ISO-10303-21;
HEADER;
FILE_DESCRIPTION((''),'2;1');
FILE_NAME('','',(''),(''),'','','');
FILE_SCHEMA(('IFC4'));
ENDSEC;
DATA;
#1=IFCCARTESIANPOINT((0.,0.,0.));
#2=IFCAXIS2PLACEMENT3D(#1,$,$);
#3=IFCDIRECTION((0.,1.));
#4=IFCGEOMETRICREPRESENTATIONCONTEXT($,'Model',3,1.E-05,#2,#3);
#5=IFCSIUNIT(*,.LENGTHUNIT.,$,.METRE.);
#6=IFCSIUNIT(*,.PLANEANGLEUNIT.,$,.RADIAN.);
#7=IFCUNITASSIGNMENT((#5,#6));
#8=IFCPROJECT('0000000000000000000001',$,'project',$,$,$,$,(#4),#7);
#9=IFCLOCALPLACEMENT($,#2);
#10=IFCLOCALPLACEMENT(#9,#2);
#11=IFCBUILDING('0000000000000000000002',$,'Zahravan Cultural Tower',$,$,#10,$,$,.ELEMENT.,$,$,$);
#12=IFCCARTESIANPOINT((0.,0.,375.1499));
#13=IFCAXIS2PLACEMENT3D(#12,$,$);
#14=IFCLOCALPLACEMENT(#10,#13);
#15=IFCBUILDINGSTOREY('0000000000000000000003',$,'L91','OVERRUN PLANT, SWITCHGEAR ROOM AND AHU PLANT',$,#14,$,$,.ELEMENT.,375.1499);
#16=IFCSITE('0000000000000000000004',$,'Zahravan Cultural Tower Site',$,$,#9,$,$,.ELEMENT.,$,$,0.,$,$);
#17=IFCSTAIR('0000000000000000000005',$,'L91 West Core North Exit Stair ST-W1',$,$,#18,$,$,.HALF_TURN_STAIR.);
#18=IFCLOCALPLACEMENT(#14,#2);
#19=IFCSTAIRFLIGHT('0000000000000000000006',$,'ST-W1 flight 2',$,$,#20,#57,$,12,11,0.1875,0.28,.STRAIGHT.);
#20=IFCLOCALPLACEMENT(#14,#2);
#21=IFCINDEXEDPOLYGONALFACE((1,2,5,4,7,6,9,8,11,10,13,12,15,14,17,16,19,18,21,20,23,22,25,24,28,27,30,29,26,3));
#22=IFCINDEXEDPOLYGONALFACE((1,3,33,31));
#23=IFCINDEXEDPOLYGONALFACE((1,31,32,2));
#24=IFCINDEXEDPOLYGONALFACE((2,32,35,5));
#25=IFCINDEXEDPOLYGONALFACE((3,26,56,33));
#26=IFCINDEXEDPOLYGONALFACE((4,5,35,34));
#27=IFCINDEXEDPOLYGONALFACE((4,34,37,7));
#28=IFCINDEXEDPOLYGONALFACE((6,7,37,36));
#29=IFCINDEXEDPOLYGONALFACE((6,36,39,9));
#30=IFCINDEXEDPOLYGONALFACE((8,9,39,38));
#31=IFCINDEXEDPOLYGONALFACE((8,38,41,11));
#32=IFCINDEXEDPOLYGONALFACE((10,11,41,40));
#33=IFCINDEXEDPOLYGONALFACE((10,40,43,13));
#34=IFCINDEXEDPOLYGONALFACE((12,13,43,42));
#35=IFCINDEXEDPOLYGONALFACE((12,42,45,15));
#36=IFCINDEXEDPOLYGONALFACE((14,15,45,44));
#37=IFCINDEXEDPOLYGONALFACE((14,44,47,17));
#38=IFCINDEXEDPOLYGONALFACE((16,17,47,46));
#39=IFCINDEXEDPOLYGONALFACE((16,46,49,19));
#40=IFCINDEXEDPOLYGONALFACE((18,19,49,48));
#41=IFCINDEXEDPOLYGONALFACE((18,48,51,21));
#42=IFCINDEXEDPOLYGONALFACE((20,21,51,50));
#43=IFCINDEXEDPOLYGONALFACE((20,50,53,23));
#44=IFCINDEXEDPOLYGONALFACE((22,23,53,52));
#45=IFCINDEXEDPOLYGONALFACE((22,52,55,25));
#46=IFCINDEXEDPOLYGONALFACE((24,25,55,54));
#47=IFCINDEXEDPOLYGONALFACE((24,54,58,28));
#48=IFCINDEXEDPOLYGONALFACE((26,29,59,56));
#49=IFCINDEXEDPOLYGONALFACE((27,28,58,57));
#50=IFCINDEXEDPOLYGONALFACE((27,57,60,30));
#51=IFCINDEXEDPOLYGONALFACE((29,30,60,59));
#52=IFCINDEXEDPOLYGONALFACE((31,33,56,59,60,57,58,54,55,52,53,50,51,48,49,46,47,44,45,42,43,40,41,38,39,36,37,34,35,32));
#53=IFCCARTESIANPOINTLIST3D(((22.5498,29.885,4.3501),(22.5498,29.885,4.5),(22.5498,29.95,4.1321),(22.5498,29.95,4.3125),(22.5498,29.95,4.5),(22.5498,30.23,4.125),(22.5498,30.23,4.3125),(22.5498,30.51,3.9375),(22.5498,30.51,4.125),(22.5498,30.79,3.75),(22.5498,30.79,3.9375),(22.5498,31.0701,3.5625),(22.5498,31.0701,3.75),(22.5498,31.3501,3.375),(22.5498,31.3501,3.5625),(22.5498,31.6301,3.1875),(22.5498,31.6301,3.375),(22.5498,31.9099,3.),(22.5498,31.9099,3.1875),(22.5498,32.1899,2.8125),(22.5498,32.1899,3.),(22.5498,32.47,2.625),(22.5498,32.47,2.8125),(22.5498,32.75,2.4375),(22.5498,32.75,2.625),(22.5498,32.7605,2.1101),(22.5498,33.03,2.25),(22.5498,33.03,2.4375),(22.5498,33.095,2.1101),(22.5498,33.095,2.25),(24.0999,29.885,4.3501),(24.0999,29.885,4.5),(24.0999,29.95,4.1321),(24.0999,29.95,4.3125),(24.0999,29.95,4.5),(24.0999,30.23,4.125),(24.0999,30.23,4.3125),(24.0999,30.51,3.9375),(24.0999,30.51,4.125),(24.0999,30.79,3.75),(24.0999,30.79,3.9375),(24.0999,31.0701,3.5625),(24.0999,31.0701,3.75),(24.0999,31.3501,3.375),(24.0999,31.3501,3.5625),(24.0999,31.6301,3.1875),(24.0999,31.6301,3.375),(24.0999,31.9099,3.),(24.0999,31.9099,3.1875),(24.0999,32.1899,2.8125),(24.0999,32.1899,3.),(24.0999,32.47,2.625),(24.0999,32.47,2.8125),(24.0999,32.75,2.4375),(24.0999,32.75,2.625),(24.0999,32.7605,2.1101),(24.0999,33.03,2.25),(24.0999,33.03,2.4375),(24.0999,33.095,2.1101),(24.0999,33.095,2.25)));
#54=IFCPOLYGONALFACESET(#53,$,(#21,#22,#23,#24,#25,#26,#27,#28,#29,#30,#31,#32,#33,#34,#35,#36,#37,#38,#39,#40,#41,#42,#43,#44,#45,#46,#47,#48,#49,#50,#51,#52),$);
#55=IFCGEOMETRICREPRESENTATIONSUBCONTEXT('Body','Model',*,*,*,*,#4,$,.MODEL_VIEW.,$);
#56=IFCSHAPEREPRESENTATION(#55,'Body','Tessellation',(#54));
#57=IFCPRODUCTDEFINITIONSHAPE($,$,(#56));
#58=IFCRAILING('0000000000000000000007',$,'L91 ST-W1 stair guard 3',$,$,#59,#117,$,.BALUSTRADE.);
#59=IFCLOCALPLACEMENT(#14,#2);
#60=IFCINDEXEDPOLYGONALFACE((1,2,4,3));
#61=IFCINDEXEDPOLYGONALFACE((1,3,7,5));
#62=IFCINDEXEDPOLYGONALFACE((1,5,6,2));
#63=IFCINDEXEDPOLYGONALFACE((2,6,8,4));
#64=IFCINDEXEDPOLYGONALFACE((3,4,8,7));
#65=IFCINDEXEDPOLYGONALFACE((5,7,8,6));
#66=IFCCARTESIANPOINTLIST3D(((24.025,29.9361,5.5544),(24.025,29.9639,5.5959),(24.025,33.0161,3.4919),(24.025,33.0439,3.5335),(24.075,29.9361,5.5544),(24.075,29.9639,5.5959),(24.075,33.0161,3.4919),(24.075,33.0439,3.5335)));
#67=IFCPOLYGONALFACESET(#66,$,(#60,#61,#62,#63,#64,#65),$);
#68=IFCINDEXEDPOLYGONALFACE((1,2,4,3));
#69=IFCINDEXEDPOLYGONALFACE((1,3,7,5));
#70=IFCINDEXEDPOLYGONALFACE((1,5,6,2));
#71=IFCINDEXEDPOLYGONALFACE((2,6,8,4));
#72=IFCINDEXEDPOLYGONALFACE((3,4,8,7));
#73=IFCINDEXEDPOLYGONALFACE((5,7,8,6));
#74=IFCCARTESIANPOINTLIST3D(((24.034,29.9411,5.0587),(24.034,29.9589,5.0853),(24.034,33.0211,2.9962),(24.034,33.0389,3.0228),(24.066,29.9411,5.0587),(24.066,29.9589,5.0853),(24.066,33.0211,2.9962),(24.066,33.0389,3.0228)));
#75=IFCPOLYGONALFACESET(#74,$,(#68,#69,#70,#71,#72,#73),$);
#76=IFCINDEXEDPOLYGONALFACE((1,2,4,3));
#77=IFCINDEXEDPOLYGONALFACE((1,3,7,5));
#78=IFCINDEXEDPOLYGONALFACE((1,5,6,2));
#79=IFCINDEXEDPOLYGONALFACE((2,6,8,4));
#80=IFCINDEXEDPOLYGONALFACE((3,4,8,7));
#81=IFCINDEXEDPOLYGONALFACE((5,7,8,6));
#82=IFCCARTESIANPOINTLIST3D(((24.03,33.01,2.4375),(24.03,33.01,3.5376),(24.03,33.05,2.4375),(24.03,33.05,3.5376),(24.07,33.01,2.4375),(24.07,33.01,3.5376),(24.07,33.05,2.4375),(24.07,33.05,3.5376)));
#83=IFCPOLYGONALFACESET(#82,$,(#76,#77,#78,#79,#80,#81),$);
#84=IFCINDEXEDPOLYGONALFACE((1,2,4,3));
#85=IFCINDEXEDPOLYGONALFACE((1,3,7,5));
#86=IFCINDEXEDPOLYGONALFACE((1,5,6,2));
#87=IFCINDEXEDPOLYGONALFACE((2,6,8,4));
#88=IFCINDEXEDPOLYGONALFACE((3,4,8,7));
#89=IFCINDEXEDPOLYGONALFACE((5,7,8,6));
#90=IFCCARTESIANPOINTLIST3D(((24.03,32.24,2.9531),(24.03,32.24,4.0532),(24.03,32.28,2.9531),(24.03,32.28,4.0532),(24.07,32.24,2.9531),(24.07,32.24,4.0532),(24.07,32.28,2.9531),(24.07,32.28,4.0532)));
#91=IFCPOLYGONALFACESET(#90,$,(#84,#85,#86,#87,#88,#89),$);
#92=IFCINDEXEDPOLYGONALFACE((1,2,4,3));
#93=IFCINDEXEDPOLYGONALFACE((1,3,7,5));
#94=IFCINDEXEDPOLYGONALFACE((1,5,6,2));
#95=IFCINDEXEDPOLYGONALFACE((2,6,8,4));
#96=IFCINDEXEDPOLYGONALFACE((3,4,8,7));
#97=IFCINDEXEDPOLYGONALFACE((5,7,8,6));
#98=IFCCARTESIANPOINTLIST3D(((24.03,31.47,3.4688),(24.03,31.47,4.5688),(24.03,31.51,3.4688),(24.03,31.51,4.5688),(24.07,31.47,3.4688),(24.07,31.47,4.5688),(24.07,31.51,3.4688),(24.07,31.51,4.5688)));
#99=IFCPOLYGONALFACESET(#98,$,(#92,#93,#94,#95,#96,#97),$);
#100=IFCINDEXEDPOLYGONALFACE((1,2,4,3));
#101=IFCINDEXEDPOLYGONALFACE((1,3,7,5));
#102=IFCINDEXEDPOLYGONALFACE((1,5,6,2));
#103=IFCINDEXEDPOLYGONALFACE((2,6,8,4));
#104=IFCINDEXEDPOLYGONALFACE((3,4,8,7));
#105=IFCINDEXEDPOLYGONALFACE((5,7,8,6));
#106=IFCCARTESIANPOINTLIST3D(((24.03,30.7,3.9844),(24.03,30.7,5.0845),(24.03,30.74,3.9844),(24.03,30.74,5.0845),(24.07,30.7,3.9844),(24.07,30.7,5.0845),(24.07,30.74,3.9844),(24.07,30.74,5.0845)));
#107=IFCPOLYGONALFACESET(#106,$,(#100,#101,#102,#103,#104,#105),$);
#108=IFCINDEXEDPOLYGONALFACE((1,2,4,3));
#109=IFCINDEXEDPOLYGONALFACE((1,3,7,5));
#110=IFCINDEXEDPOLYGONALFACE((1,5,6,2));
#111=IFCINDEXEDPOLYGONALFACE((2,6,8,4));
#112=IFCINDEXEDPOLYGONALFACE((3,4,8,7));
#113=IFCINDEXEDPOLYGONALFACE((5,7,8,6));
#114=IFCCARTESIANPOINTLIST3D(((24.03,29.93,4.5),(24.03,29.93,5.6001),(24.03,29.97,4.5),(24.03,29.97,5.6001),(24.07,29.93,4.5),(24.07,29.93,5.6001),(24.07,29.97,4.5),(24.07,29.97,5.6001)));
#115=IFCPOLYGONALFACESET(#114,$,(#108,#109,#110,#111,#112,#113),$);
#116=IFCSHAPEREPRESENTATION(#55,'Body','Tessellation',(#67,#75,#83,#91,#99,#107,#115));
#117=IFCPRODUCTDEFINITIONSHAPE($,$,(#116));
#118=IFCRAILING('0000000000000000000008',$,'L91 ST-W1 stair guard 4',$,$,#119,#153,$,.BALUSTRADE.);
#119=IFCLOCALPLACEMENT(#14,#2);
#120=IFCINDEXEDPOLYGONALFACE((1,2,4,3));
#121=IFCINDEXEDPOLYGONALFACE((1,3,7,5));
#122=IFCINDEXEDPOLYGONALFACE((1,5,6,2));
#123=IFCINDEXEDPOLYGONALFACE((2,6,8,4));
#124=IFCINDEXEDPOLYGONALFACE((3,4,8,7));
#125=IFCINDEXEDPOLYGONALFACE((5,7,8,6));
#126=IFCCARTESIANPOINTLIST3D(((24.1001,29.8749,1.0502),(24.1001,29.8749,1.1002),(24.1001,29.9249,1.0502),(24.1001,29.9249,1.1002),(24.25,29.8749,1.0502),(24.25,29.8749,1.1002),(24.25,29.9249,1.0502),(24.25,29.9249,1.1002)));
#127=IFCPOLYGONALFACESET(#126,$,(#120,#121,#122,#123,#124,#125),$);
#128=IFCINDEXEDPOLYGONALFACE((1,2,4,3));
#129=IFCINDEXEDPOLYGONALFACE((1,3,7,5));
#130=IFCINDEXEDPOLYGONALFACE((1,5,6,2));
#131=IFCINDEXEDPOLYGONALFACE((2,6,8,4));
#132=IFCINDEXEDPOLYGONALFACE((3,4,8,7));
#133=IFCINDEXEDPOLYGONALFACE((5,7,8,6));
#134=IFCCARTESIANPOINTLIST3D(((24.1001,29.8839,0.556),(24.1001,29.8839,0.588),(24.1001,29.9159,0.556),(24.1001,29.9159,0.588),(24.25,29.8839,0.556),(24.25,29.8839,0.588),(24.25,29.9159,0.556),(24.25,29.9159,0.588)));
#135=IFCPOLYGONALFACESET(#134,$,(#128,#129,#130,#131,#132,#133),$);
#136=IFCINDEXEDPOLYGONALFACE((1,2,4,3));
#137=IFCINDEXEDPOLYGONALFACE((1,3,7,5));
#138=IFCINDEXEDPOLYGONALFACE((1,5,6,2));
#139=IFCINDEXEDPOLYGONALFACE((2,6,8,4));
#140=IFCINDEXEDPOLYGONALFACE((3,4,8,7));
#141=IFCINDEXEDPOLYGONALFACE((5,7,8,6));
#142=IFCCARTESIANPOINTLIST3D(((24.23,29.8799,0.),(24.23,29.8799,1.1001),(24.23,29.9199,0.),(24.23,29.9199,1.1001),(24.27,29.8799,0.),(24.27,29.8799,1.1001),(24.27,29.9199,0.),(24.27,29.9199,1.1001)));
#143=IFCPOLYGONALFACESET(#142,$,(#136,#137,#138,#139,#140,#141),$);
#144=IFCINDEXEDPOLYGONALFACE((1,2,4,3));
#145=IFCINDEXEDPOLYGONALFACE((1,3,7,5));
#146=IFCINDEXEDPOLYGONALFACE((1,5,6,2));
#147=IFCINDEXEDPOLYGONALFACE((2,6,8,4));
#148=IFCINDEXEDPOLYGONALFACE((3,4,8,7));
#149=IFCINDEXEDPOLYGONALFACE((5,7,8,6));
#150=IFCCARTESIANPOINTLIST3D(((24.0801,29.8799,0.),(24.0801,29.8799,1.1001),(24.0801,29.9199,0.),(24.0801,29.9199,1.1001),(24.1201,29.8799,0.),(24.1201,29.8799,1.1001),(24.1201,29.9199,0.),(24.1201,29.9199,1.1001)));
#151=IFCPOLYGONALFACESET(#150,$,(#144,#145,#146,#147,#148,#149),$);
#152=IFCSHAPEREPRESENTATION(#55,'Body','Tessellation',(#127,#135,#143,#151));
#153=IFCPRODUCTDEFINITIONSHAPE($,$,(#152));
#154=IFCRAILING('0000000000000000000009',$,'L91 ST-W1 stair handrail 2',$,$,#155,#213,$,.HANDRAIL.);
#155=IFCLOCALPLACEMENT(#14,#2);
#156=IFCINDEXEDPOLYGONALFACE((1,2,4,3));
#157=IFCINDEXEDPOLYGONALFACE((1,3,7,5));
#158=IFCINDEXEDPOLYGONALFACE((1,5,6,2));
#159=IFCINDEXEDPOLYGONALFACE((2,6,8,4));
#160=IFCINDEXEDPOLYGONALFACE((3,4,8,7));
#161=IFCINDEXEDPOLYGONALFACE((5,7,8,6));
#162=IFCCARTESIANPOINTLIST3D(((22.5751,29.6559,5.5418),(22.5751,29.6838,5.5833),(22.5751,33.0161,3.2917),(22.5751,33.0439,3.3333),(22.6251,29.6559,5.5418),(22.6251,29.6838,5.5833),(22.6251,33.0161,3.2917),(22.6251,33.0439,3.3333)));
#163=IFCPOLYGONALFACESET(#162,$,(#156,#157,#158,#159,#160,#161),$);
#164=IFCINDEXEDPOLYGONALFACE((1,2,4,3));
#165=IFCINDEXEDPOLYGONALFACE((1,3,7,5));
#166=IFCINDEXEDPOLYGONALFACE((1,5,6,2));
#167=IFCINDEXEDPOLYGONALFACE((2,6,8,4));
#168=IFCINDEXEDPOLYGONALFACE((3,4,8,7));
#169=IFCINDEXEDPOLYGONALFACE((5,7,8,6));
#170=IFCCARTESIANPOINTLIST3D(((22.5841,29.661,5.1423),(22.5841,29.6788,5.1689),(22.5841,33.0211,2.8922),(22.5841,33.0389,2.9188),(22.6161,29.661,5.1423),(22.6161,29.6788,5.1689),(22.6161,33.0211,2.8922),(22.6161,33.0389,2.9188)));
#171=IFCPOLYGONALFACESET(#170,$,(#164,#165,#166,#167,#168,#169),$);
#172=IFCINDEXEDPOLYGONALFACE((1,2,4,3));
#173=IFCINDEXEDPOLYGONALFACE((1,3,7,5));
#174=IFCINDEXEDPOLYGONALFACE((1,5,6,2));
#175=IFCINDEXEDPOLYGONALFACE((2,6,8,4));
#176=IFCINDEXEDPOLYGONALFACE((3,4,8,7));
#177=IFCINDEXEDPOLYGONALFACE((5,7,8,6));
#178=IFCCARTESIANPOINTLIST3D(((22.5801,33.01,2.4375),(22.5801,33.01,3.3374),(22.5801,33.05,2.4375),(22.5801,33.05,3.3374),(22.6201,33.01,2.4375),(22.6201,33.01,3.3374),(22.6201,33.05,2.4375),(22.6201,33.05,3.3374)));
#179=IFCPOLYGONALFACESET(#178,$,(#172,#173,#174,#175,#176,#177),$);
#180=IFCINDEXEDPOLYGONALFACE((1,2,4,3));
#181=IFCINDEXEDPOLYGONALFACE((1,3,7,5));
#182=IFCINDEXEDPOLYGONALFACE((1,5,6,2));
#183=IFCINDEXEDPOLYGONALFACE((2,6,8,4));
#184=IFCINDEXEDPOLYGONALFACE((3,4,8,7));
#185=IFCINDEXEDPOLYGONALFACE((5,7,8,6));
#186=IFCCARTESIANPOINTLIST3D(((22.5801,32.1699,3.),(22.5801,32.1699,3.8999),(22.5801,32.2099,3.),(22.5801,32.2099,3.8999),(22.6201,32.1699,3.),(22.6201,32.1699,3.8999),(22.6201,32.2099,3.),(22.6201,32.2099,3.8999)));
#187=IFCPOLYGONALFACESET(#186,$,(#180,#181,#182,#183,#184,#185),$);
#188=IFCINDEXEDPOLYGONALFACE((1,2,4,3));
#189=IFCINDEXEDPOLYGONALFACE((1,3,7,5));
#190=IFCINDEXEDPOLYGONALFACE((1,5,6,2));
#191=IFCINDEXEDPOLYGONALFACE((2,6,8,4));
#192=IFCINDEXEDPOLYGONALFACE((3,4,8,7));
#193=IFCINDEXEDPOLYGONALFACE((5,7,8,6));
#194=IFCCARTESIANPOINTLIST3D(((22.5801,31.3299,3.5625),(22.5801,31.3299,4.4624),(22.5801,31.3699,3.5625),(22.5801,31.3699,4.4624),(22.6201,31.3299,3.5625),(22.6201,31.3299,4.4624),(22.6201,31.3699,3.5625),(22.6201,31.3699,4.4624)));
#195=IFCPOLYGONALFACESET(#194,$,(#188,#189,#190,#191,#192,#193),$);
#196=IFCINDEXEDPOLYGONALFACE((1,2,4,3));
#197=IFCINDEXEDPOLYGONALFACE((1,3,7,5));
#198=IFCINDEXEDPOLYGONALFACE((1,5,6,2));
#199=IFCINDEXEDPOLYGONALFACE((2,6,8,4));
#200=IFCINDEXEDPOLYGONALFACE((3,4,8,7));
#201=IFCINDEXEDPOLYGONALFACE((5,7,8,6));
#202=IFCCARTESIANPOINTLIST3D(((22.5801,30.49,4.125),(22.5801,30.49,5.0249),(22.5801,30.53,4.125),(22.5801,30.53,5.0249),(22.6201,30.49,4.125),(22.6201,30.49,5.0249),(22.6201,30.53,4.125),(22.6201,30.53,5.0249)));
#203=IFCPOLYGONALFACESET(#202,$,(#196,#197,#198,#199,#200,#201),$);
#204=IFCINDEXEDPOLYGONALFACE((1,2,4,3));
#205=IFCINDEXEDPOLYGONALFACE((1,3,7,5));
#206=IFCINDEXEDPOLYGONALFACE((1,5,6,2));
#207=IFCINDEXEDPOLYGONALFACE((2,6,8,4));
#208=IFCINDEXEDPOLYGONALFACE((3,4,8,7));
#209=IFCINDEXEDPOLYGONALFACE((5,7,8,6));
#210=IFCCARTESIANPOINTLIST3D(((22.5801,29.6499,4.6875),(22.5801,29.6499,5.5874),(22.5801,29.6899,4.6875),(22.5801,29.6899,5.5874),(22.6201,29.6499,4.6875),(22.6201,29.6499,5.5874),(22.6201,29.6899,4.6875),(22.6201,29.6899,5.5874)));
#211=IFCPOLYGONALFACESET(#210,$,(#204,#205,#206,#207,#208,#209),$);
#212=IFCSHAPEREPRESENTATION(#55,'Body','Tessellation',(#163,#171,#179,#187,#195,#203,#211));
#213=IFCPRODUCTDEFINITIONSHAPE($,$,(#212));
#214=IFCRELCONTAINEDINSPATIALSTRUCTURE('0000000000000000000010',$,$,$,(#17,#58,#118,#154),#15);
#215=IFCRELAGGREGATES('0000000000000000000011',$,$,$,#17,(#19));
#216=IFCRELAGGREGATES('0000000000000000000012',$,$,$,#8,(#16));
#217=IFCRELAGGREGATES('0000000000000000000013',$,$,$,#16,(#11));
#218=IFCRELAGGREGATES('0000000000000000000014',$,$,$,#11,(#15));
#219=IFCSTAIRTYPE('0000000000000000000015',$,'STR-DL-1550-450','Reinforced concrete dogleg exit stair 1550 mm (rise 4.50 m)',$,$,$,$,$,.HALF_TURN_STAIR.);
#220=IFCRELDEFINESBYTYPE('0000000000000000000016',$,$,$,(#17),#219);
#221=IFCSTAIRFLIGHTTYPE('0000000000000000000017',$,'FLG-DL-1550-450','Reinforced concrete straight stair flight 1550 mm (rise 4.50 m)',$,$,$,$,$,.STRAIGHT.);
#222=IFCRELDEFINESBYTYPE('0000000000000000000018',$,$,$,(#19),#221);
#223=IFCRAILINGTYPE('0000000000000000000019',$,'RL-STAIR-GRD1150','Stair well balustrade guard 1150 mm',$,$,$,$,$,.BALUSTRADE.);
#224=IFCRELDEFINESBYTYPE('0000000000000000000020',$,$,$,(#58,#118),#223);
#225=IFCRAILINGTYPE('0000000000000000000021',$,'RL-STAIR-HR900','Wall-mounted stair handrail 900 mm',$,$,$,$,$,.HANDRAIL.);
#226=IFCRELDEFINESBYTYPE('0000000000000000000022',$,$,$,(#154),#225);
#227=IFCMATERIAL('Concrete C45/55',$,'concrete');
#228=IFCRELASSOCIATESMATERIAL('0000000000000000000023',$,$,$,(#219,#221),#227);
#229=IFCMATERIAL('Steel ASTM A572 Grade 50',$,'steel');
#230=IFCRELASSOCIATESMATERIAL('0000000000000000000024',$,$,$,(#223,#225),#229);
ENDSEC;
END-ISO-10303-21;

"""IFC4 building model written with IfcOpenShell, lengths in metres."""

from ifc_helpers import new_model, si_unit, direction, frame, origin, origin_2d, place, context, subcontext, project, spatial, polyline, rectangle, outline, extrude, material, type_object, element, aggregate, save


model = new_model("IFC4")

# Units and contexts
model_context = context("Model", 3, precision=1e-05, world=origin(), true_north=direction((0.0, 1.0)))
body_context = subcontext(model_context, "Body", "Model", "MODEL_VIEW")
ifc_project = project(units=[si_unit("LENGTHUNIT", "METRE"), si_unit("PLANEANGLEUNIT", "RADIAN")], contexts=[model_context])

# Site, building, storey
site_placement = place(None, origin())
site = spatial("IfcSite", under=ifc_project, at=site_placement, Name="Zahravan Cultural Tower Site", CompositionType="ELEMENT", RefElevation=0.0)
building_placement = place(site_placement, origin())
building = spatial("IfcBuilding", under=site, at=building_placement, Name="Zahravan Cultural Tower", CompositionType="ELEMENT")
storey_placement = place(building_placement, frame((0.0, 0.0, 375.1499)))
storey = spatial("IfcBuildingStorey", under=building, at=storey_placement, Name="L91", Description="OVERRUN PLANT, SWITCHGEAR ROOM AND AHU PLANT", CompositionType="ELEMENT", Elevation=375.1499)

# Shared definitions
ifc_material_1 = material(Name="Concrete C45/55", Category="concrete")

# Stair, stair flight
stair_type = type_object("IfcStairType", Name="STR-DL-1550-450", Description="Reinforced concrete dogleg exit stair 1550 mm (rise 4.50 m)", PredefinedType="HALF_TURN_STAIR", material=ifc_material_1)
stair_placement = place(storey_placement, origin())
stair = element("IfcStair", 1, at=stair_placement, inside=storey, type_object=stair_type, Name="L91 West Core North Exit Stair ST-W1", PredefinedType="HALF_TURN_STAIR")
stair_flight_type = type_object("IfcStairFlightType", Name="FLG-DL-1550-450", Description="Reinforced concrete straight stair flight 1550 mm (rise 4.50 m)", PredefinedType="STRAIGHT", material=ifc_material_1)
stair_flight_placement = place(storey_placement, frame((23.325, 33.03, 2.25), z_axis=(0.0, 0.0, 1.0), x_axis=(0.0, -1.0, 0.0)))
stair_flight = element("IfcStairFlight", 2, at=stair_flight_placement, type_object=stair_flight_type, Name="ST-W1 flight 2", NumberOfRisers=12, NumberOfTreads=11, PredefinedType="STRAIGHT", RiserHeight=0.1875, TreadLength=0.28, context=body_context, shape_type="SweptSolid", body=[
    extrude(outline(polyline([(-0.0649, -0.1399), (-0.0649, 0.0), (0.0, 0.0), (0.0, 0.1875), (0.28, 0.1875), (0.28, 0.375), (0.5601, 0.375), (0.5601, 0.5625), (0.8401, 0.5625), (0.8401, 0.75), (1.1201, 0.75), (1.1201, 0.9375), (1.3999, 0.9375), (1.3999, 1.125), (1.6799, 1.125), (1.6799, 1.3125), (1.96, 1.3125), (1.96, 1.5), (2.24, 1.5), (2.24, 1.6875), (2.52, 1.6875), (2.52, 1.875), (2.8, 1.875), (2.8, 2.0625), (3.0801, 2.0625), (3.0801, 2.25), (3.145, 2.25), (3.145, 2.1001), (3.0801, 1.8821), (0.2695, -0.1399), (-0.0649, -0.1399)])), frame((0.0, 0.7749, 0.0), z_axis=(0.0, -1.0, 0.0), x_axis=(1.0, 0.0, 0.0)), (0.0, 0.0, 1.0), 1.55),
])
aggregate(stair, [stair_flight])

# Railings
ifc_material_2 = material(Name="Steel ASTM A572 Grade 50", Category="steel")
railing_type_1 = type_object("IfcRailingType", Name="RL-STAIR-GRD1150", Description="Stair well balustrade guard 1150 mm", PredefinedType="BALUSTRADE", material=ifc_material_2)
railing_1_placement = place(storey_placement, frame((24.05, 33.03, 2.4375)))
element("IfcRailing", 3, at=railing_1_placement, inside=storey, type_object=railing_type_1, Name="L91 ST-W1 stair guard 3", PredefinedType="BALUSTRADE", context=body_context, shape_type="SweptSolid", body=[
    extrude(rectangle(XDim=0.05, YDim=0.05, at=origin_2d()), frame((0.0, 0.0, 1.0752), z_axis=(0.0, -0.830914, 0.556401), x_axis=(1.0, 0.0, 0.0)), (0.0, 0.0, 1.0), 3.7068),
    extrude(rectangle(XDim=0.032, YDim=0.032, at=origin_2d()), frame((0.0, 0.0, 0.572), z_axis=(0.0, -0.830914, 0.556401), x_axis=(1.0, 0.0, 0.0)), (0.0, 0.0, 1.0), 3.7068),
    extrude(rectangle(XDim=0.04, YDim=0.04, at=origin_2d()), origin(), (0.0, 0.0, 1.0), 1.1001),
    extrude(rectangle(XDim=0.04, YDim=0.04, at=origin_2d()), frame((0.0, -0.77, 0.5156)), (0.0, 0.0, 1.0), 1.1001),
    extrude(rectangle(XDim=0.04, YDim=0.04, at=origin_2d()), frame((0.0, -1.54, 1.0312)), (0.0, 0.0, 1.0), 1.1001),
    extrude(rectangle(XDim=0.04, YDim=0.04, at=origin_2d()), frame((0.0, -2.3101, 1.5469)), (0.0, 0.0, 1.0), 1.1001),
    extrude(rectangle(XDim=0.04, YDim=0.04, at=origin_2d()), frame((0.0, -3.0801, 2.0625)), (0.0, 0.0, 1.0), 1.1001),
])
railing_2_placement = place(storey_placement, frame((24.25, 29.8999, 0.0)))
element("IfcRailing", 4, at=railing_2_placement, inside=storey, type_object=railing_type_1, Name="L91 ST-W1 stair guard 4", PredefinedType="BALUSTRADE", context=body_context, shape_type="SweptSolid", body=[
    extrude(rectangle(XDim=0.05, YDim=0.05, at=origin_2d()), frame((0.0, 0.0, 1.0752), z_axis=(-1.0, 0.0, 0.0), x_axis=(0.0, -1.0, 0.0)), (0.0, 0.0, 1.0), 0.1499),
    extrude(rectangle(XDim=0.032, YDim=0.032, at=origin_2d()), frame((0.0, 0.0, 0.572), z_axis=(-1.0, 0.0, 0.0), x_axis=(0.0, -1.0, 0.0)), (0.0, 0.0, 1.0), 0.1499),
    extrude(rectangle(XDim=0.04, YDim=0.04, at=origin_2d()), origin(), (0.0, 0.0, 1.0), 1.1001),
    extrude(rectangle(XDim=0.04, YDim=0.04, at=origin_2d()), frame((-0.1499, 0.0, 0.0)), (0.0, 0.0, 1.0), 1.1001),
])
railing_type_2 = type_object("IfcRailingType", Name="RL-STAIR-HR900", Description="Wall-mounted stair handrail 900 mm", PredefinedType="HANDRAIL", material=ifc_material_2)
railing_3_placement = place(storey_placement, frame((22.6001, 33.03, 2.4375)))
element("IfcRailing", 5, at=railing_3_placement, inside=storey, type_object=railing_type_2, Name="L91 ST-W1 stair handrail 2", PredefinedType="HANDRAIL", context=body_context, shape_type="SweptSolid", body=[
    extrude(rectangle(XDim=0.05, YDim=0.05, at=origin_2d()), frame((0.0, 0.0, 0.875), z_axis=(0.0, -0.830915, 0.556399), x_axis=(1.0, 0.0, 0.0)), (0.0, 0.0, 1.0), 4.0439),
    extrude(rectangle(XDim=0.032, YDim=0.032, at=origin_2d()), frame((0.0, 0.0, 0.468), z_axis=(0.0, -0.830915, 0.556399), x_axis=(1.0, 0.0, 0.0)), (0.0, 0.0, 1.0), 4.0439),
    extrude(rectangle(XDim=0.04, YDim=0.04, at=origin_2d()), origin(), (0.0, 0.0, 1.0), 0.8999),
    extrude(rectangle(XDim=0.04, YDim=0.04, at=origin_2d()), frame((0.0, -0.8401, 0.5625)), (0.0, 0.0, 1.0), 0.8999),
    extrude(rectangle(XDim=0.04, YDim=0.04, at=origin_2d()), frame((0.0, -1.6802, 1.125)), (0.0, 0.0, 1.0), 0.8999),
    extrude(rectangle(XDim=0.04, YDim=0.04, at=origin_2d()), frame((0.0, -2.52, 1.6875)), (0.0, 0.0, 1.0), 0.8999),
    extrude(rectangle(XDim=0.04, YDim=0.04, at=origin_2d()), frame((0.0, -3.3601, 2.25)), (0.0, 0.0, 1.0), 0.8999),
])

save(model, "model.ifc")
